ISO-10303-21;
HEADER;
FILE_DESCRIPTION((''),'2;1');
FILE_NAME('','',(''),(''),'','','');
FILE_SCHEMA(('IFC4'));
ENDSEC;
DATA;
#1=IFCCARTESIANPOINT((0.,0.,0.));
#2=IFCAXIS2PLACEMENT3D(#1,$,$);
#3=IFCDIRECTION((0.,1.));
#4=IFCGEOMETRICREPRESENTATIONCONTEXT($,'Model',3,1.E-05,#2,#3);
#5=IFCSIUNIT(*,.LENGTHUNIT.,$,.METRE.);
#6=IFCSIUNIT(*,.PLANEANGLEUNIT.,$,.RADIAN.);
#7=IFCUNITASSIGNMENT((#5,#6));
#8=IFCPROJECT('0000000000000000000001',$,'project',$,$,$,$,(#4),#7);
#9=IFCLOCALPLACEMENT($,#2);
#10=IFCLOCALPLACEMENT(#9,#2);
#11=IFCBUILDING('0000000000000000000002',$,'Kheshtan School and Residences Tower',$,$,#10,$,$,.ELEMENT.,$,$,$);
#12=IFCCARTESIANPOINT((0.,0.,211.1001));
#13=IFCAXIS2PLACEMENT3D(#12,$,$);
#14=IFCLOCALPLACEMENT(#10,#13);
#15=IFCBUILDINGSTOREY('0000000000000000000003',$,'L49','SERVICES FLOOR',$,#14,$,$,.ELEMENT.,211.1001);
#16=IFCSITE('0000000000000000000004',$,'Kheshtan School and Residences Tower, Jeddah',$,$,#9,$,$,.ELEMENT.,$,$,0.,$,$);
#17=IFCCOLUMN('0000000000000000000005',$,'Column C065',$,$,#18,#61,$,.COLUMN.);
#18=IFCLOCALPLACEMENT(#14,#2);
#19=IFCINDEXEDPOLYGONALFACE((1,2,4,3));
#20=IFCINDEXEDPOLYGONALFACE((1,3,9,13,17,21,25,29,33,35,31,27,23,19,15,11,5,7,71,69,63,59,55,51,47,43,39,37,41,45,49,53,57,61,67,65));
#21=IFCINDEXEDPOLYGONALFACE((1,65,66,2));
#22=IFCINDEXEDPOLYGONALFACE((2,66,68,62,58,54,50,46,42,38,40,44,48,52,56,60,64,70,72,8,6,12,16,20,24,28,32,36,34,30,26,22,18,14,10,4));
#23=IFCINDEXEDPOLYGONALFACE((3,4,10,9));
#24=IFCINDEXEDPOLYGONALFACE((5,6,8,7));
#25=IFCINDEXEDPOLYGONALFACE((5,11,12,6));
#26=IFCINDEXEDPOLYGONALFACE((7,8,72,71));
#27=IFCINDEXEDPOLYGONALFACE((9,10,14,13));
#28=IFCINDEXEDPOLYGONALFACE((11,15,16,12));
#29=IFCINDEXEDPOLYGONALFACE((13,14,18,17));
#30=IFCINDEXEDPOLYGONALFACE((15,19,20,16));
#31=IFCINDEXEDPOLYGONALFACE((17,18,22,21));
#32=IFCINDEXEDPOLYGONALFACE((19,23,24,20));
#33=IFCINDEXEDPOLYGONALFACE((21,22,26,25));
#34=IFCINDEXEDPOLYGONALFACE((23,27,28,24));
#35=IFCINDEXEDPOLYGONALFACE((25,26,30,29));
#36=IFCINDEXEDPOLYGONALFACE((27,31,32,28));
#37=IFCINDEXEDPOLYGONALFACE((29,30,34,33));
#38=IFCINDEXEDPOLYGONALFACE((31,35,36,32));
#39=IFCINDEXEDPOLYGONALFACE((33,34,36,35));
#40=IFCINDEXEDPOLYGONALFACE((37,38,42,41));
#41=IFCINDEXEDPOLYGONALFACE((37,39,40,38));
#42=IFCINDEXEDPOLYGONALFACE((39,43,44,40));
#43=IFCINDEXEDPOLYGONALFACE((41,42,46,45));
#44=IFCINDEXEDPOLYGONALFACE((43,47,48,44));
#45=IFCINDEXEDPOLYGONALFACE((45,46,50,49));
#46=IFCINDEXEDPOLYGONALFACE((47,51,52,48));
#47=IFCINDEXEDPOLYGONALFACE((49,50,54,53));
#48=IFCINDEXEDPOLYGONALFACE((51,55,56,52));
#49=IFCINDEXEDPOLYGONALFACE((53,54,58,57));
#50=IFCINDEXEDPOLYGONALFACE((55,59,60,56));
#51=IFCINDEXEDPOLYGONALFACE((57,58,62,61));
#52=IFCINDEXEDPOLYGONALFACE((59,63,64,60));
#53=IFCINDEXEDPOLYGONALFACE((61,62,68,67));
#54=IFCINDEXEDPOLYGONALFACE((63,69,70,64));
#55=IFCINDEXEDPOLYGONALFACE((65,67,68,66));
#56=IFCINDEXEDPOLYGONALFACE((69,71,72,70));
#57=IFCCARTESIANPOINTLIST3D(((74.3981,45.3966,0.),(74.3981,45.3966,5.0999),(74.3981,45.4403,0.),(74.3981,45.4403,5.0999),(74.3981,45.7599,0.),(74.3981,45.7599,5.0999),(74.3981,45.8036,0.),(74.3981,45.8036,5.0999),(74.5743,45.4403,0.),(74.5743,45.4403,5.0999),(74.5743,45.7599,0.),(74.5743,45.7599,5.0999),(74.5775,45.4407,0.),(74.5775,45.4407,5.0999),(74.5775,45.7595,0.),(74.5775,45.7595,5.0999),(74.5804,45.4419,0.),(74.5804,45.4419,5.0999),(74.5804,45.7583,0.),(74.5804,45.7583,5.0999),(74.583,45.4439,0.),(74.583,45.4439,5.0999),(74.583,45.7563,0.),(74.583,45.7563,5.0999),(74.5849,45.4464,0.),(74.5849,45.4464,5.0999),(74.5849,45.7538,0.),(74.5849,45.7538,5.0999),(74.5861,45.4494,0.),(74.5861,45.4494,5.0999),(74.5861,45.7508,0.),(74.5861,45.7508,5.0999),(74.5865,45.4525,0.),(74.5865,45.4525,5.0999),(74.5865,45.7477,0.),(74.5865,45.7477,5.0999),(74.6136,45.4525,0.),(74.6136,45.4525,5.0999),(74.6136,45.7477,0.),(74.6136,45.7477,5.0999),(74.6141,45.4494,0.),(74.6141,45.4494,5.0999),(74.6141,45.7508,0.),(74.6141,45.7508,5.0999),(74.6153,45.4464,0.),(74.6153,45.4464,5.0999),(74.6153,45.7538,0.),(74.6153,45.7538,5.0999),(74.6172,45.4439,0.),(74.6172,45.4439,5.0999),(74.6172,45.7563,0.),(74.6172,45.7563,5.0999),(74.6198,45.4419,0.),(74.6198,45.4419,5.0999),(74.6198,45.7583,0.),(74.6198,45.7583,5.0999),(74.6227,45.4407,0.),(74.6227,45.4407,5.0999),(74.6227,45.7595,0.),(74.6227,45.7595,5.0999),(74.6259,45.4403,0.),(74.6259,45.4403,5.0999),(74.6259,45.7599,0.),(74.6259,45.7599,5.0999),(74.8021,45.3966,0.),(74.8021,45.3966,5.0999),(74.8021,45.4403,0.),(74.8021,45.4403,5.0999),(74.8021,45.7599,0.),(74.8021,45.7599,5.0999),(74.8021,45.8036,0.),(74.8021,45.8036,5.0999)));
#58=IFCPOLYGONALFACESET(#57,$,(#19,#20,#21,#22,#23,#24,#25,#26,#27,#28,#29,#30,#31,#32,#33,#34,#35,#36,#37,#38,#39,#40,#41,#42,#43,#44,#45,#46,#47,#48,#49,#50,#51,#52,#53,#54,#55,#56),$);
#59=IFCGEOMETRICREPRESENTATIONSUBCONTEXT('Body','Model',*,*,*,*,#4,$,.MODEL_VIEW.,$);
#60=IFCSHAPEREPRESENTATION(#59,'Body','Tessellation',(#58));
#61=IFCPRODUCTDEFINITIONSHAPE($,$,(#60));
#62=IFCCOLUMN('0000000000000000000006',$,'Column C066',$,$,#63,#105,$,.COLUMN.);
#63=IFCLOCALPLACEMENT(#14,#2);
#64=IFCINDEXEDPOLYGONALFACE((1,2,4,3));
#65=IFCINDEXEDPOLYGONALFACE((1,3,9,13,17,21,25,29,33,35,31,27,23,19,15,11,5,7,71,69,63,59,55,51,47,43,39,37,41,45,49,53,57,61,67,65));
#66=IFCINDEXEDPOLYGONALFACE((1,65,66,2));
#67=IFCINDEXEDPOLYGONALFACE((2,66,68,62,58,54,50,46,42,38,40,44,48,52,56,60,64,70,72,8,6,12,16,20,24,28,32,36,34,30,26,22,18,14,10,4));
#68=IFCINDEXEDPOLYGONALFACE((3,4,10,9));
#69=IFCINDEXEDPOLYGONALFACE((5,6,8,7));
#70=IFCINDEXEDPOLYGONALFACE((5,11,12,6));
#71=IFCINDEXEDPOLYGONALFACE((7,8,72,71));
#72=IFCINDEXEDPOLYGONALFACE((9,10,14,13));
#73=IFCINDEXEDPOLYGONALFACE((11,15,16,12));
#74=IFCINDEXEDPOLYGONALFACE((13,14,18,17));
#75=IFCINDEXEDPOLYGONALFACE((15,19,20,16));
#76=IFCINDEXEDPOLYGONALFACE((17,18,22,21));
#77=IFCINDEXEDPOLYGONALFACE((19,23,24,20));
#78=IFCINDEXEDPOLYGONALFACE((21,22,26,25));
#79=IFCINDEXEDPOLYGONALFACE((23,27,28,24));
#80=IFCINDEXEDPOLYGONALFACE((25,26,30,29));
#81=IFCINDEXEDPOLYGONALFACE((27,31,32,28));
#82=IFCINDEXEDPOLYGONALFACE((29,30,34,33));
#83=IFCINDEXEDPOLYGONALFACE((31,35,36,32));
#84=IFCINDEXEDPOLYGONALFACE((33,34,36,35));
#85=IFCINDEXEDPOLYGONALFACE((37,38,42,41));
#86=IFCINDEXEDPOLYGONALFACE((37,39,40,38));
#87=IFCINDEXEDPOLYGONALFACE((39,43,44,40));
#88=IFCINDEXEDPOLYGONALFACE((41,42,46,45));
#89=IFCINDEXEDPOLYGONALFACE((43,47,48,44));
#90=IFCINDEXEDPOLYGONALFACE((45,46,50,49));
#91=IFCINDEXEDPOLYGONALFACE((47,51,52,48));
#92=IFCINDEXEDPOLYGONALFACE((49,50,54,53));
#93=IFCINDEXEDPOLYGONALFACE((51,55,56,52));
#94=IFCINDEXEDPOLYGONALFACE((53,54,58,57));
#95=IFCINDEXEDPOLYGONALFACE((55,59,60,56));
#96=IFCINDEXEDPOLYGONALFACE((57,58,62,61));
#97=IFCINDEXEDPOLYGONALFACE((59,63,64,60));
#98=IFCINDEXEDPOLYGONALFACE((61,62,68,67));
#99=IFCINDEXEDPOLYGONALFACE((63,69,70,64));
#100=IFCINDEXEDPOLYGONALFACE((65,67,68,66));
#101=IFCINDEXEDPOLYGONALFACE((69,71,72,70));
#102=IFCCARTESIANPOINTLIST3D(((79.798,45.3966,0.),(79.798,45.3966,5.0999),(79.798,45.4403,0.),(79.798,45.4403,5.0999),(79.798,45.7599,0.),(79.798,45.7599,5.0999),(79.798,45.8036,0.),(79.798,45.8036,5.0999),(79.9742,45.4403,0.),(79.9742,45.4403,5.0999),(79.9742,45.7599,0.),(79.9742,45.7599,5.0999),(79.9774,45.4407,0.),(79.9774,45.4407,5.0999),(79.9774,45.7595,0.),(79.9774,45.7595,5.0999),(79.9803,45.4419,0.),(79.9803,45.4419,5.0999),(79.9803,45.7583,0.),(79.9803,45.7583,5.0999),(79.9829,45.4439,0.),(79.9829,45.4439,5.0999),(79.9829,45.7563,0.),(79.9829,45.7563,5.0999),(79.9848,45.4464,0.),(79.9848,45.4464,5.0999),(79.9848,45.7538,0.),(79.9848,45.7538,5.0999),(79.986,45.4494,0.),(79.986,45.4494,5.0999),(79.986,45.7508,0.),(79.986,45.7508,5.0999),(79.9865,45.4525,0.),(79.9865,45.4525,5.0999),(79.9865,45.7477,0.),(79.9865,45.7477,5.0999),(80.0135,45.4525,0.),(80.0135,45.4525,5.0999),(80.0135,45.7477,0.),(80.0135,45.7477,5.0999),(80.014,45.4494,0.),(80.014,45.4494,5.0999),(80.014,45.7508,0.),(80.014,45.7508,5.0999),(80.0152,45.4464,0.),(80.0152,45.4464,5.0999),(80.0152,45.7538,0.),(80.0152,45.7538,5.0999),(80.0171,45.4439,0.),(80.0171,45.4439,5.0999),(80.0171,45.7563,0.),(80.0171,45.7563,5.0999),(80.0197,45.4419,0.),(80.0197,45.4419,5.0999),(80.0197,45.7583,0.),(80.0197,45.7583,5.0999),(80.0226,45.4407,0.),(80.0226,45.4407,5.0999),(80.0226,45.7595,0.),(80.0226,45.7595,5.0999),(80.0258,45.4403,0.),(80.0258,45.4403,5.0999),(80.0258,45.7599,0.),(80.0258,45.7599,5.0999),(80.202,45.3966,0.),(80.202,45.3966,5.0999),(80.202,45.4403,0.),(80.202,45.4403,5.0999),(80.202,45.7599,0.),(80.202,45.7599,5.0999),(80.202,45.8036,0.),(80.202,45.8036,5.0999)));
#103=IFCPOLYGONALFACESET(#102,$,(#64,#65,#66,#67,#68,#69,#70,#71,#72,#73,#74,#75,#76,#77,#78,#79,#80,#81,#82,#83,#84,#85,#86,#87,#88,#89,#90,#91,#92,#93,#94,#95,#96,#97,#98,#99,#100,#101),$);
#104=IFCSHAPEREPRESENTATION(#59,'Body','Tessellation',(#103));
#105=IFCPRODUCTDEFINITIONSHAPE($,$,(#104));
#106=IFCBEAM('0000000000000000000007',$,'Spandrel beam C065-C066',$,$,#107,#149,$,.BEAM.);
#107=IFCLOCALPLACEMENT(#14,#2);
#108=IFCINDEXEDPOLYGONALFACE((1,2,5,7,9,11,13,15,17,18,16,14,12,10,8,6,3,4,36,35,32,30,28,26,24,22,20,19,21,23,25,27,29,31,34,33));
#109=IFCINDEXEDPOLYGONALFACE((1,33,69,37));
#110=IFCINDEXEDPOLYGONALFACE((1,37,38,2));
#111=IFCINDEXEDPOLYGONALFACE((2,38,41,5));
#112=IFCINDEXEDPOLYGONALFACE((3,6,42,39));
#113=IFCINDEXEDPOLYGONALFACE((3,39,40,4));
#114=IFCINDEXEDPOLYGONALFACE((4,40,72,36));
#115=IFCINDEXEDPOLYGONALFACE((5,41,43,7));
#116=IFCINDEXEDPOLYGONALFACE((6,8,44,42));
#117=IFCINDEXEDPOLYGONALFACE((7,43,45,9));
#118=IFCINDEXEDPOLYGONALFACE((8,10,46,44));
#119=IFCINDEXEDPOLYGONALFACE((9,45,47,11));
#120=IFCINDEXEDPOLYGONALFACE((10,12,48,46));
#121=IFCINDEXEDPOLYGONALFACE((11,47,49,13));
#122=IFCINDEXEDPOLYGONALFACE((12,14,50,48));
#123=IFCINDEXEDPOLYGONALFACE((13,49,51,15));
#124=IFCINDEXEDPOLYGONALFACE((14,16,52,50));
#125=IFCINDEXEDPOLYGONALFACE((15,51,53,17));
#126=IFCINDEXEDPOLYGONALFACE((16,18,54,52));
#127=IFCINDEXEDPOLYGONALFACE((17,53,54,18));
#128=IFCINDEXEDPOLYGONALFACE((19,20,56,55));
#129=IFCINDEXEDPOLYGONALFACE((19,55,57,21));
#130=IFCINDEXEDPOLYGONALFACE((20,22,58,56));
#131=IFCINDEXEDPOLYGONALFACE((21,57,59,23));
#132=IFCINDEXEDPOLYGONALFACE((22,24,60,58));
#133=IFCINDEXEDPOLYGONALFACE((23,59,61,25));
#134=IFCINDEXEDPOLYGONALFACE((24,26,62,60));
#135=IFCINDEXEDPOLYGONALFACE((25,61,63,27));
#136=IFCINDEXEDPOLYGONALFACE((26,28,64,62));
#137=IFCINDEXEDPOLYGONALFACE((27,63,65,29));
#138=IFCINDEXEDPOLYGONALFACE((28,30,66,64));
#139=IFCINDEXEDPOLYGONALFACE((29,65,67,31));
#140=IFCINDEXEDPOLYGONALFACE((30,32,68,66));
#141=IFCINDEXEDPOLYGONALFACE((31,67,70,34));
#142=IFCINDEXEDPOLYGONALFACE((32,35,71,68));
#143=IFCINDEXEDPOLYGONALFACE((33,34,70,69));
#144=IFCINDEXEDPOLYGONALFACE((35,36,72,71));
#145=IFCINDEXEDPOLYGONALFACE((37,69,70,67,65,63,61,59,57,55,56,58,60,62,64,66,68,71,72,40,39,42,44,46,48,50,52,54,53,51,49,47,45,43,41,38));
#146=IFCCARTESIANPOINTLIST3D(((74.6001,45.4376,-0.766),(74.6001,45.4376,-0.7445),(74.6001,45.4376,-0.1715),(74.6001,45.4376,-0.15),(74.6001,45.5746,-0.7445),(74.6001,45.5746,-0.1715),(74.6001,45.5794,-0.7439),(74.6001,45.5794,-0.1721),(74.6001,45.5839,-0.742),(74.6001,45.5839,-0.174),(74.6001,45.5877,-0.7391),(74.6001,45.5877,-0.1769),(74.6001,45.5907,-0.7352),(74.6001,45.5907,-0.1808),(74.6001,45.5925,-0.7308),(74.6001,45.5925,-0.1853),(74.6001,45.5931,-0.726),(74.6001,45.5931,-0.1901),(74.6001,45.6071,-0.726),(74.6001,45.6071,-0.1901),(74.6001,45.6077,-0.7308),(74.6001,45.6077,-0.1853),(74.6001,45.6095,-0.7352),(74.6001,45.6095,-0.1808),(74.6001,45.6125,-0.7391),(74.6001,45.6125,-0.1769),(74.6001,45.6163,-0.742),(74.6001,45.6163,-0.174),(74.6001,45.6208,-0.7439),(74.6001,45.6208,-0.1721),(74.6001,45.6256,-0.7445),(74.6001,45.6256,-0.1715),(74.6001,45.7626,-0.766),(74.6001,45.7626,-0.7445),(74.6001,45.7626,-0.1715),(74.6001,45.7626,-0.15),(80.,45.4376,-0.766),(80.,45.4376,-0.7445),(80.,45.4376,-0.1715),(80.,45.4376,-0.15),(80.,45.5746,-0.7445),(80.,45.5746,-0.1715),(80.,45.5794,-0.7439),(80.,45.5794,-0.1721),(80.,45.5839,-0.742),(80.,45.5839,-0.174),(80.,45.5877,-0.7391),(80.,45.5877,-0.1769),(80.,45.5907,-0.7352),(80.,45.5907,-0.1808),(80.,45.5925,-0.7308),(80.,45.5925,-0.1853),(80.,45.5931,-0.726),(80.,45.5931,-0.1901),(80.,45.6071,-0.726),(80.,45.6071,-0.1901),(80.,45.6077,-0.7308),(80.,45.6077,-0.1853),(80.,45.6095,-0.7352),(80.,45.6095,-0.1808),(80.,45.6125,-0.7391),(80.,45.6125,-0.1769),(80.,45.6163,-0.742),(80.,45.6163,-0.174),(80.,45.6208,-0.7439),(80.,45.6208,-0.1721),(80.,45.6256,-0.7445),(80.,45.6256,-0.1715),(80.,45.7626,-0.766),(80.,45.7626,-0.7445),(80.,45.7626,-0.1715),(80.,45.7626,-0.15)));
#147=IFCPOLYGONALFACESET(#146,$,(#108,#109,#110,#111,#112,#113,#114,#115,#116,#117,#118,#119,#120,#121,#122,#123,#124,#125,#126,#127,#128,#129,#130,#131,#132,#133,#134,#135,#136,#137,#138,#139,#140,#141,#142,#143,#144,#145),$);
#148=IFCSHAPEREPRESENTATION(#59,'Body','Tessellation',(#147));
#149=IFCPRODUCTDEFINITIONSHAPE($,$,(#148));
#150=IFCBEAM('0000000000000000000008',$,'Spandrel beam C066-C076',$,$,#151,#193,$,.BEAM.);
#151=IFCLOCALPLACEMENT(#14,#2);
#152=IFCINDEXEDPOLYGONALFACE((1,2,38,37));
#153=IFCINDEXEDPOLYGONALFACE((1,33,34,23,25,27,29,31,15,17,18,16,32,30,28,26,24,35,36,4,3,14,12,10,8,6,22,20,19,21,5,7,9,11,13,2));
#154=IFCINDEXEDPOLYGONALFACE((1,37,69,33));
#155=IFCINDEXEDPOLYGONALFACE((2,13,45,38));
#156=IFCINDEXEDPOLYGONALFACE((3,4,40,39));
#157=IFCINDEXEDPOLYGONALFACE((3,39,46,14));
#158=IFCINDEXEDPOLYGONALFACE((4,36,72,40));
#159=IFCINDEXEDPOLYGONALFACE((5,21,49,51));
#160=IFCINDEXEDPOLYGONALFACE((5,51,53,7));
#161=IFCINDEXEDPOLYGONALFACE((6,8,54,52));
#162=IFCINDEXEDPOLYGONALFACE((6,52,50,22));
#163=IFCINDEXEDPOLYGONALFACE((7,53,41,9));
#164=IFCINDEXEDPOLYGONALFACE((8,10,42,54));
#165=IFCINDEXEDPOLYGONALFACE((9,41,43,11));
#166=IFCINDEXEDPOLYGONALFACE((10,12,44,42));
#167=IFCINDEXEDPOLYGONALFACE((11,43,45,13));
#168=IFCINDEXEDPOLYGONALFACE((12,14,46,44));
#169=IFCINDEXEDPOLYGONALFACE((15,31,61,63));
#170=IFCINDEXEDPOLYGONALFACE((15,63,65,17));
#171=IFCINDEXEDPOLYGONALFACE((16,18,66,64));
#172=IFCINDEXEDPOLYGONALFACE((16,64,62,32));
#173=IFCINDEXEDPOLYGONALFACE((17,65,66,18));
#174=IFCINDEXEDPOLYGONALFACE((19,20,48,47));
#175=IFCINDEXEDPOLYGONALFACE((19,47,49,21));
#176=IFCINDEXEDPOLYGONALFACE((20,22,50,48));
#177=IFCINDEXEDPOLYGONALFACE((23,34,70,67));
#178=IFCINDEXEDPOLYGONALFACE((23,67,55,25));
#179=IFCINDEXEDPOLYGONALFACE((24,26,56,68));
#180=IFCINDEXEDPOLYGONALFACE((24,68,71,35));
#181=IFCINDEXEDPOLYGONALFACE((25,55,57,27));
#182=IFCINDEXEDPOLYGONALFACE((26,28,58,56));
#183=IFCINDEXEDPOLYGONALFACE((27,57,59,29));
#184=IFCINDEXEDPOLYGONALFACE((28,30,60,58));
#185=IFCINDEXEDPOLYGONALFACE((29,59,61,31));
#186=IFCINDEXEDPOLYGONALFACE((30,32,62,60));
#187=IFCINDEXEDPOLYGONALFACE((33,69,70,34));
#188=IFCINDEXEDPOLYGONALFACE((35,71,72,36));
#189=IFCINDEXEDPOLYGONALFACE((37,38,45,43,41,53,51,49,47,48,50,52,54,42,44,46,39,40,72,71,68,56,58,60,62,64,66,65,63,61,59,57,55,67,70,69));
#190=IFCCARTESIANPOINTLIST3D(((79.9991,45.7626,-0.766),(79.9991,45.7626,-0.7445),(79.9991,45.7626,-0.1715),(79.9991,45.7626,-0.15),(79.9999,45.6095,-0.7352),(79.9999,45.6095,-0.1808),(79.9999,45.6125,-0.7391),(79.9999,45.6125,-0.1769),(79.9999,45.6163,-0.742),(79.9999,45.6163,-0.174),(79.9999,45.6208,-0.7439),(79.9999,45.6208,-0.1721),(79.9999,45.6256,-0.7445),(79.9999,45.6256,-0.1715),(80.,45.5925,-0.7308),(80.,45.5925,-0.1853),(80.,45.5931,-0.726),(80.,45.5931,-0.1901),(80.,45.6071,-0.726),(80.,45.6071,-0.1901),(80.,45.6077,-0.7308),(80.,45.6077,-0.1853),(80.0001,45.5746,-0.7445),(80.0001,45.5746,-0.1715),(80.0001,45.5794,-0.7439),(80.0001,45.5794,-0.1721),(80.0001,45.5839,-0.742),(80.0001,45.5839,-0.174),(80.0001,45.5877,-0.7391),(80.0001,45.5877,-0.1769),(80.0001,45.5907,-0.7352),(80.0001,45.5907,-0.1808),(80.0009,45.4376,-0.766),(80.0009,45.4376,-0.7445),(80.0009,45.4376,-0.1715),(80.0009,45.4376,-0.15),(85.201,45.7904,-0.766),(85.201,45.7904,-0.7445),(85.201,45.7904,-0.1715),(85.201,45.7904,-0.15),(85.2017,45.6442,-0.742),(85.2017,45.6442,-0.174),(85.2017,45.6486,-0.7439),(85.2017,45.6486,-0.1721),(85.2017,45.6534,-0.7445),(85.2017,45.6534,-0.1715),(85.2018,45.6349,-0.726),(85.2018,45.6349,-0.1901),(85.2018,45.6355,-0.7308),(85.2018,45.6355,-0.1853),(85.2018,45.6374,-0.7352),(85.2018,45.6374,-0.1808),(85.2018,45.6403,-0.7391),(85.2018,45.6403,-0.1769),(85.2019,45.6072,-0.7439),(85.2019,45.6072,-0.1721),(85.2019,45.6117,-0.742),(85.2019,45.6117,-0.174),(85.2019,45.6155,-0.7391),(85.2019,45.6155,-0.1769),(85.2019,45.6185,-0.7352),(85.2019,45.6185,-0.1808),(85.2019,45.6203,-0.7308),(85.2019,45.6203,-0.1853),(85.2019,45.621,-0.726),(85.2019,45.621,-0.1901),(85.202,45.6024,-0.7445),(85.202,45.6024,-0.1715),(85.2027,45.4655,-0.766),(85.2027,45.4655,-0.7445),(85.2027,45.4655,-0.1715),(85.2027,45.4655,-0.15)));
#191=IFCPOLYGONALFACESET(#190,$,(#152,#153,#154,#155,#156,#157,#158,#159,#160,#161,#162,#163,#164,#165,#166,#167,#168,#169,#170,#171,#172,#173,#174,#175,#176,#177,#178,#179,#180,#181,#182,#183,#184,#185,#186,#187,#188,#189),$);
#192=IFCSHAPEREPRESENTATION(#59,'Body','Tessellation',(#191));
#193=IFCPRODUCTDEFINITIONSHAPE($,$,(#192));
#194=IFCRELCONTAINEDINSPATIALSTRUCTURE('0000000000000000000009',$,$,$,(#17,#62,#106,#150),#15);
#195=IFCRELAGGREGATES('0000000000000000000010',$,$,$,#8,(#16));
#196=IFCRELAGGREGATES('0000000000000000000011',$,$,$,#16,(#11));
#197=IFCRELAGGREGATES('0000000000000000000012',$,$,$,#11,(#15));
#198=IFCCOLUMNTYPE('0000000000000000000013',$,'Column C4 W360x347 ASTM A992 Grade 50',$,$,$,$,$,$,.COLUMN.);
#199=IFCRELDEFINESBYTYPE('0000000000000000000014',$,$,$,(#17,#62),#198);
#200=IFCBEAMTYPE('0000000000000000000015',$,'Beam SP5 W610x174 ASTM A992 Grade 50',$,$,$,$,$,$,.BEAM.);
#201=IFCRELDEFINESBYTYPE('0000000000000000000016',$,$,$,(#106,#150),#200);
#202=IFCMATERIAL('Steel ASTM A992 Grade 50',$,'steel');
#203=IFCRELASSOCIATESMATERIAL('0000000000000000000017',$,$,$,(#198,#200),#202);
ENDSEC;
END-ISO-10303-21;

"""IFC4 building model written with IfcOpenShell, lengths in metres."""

from ifc_helpers import new_model, si_unit, direction, frame, origin, origin_2d, place, context, subcontext, project, spatial, i_section, extrude, material, material_profile, profile_set, type_object, element, save


model = new_model("IFC4")

# Units and contexts
model_context = context("Model", 3, precision=1e-05, world=origin(), true_north=direction((0.0, 1.0)))
body_context = subcontext(model_context, "Body", "Model", "MODEL_VIEW")
ifc_project = project(units=[si_unit("LENGTHUNIT", "METRE"), si_unit("PLANEANGLEUNIT", "RADIAN")], contexts=[model_context])

# Site, building, storey
site_placement = place(None, origin())
site = spatial("IfcSite", under=ifc_project, at=site_placement, Name="Kheshtan School and Residences Tower, Jeddah", CompositionType="ELEMENT", RefElevation=0.0)
building_placement = place(site_placement, origin())
building = spatial("IfcBuilding", under=site, at=building_placement, Name="Kheshtan School and Residences Tower", CompositionType="ELEMENT")
storey_placement = place(building_placement, frame((0.0, 0.0, 211.1001)))
storey = spatial("IfcBuildingStorey", under=building, at=storey_placement, Name="L49", Description="SERVICES FLOOR", CompositionType="ELEMENT", Elevation=211.1001)

# Columns
ifc_material_1 = material(Name="Steel ASTM A992 Grade 50", Category="steel")
ifc_material_profile_1 = material_profile(ifc_material_1, i_section(OverallWidth=0.4041, OverallDepth=0.407, WebThickness=0.0271, FlangeThickness=0.0437, FilletRadius=0.0122, at=origin_2d()), Name="W360x347")
ifc_profile_set_1 = profile_set([ifc_material_profile_1], Name="Steel ASTM A992 Grade 50")
column_type = type_object("IfcColumnType", Name="Column C4 W360x347 ASTM A992 Grade 50", PredefinedType="COLUMN", material=ifc_profile_set_1)
for number, where, z_axis, x_axis, name in (
    (1, (74.6001, 45.6001, 0.0), (0.0, 0.0, 1.0), (1.0, 0.0, 0.0), "Column C065"),
    (2, (80.0, 45.6001, 0.0), (0.0, 0.0, 1.0), (1.0, 0.0, 0.0), "Column C066"),
):
    element("IfcColumn", number, at=place(storey_placement, frame(where, z_axis=z_axis, x_axis=x_axis)), inside=storey, type_object=column_type, Name=name, PredefinedType="COLUMN", context=body_context, shape_type="SweptSolid", body=[
        extrude(i_section(OverallWidth=0.4041, OverallDepth=0.407, WebThickness=0.0271, FlangeThickness=0.0437, FilletRadius=0.0122, at=origin_2d()), origin(), (0.0, 0.0, 1.0), 5.0999),
    ])

# Beams
ifc_material_profile_2 = material_profile(ifc_material_1, i_section(OverallWidth=0.325, OverallDepth=0.616, WebThickness=0.0139, FlangeThickness=0.0215, FilletRadius=0.0186, at=origin_2d()), Name="W610x174")
ifc_profile_set_2 = profile_set([ifc_material_profile_2], Name="Steel ASTM A992 Grade 50")
beam_type = type_object("IfcBeamType", Name="Beam SP5 W610x174 ASTM A992 Grade 50", PredefinedType="BEAM", material=ifc_profile_set_2)
beam_1_placement = place(storey_placement, frame((74.6001, 45.6001, -0.458), z_axis=(1.0, 0.0, 0.0), x_axis=(0.0, 1.0, 0.0)))
element("IfcBeam", 3, at=beam_1_placement, inside=storey, type_object=beam_type, Name="Spandrel beam C065-C066", PredefinedType="BEAM", context=body_context, shape_type="SweptSolid", body=[
    extrude(i_section(OverallWidth=0.325, OverallDepth=0.616, WebThickness=0.0139, FlangeThickness=0.0215, FilletRadius=0.0186, at=origin_2d()), origin(), (0.0, 0.0, 1.0), 5.3999),
])
beam_2_placement = place(storey_placement, frame((80.0, 45.6001, -0.458), z_axis=(0.999986, 0.00535, 0.0), x_axis=(-0.00535, 0.999986, 0.0)))
element("IfcBeam", 4, at=beam_2_placement, inside=storey, type_object=beam_type, Name="Spandrel beam C066-C076", PredefinedType="BEAM", context=body_context, shape_type="SweptSolid", body=[
    extrude(i_section(OverallWidth=0.325, OverallDepth=0.616, WebThickness=0.0139, FlangeThickness=0.0215, FilletRadius=0.0186, at=origin_2d()), origin(), (0.0, 0.0, 1.0), 5.2019),
])

save(model, "model.ifc")
